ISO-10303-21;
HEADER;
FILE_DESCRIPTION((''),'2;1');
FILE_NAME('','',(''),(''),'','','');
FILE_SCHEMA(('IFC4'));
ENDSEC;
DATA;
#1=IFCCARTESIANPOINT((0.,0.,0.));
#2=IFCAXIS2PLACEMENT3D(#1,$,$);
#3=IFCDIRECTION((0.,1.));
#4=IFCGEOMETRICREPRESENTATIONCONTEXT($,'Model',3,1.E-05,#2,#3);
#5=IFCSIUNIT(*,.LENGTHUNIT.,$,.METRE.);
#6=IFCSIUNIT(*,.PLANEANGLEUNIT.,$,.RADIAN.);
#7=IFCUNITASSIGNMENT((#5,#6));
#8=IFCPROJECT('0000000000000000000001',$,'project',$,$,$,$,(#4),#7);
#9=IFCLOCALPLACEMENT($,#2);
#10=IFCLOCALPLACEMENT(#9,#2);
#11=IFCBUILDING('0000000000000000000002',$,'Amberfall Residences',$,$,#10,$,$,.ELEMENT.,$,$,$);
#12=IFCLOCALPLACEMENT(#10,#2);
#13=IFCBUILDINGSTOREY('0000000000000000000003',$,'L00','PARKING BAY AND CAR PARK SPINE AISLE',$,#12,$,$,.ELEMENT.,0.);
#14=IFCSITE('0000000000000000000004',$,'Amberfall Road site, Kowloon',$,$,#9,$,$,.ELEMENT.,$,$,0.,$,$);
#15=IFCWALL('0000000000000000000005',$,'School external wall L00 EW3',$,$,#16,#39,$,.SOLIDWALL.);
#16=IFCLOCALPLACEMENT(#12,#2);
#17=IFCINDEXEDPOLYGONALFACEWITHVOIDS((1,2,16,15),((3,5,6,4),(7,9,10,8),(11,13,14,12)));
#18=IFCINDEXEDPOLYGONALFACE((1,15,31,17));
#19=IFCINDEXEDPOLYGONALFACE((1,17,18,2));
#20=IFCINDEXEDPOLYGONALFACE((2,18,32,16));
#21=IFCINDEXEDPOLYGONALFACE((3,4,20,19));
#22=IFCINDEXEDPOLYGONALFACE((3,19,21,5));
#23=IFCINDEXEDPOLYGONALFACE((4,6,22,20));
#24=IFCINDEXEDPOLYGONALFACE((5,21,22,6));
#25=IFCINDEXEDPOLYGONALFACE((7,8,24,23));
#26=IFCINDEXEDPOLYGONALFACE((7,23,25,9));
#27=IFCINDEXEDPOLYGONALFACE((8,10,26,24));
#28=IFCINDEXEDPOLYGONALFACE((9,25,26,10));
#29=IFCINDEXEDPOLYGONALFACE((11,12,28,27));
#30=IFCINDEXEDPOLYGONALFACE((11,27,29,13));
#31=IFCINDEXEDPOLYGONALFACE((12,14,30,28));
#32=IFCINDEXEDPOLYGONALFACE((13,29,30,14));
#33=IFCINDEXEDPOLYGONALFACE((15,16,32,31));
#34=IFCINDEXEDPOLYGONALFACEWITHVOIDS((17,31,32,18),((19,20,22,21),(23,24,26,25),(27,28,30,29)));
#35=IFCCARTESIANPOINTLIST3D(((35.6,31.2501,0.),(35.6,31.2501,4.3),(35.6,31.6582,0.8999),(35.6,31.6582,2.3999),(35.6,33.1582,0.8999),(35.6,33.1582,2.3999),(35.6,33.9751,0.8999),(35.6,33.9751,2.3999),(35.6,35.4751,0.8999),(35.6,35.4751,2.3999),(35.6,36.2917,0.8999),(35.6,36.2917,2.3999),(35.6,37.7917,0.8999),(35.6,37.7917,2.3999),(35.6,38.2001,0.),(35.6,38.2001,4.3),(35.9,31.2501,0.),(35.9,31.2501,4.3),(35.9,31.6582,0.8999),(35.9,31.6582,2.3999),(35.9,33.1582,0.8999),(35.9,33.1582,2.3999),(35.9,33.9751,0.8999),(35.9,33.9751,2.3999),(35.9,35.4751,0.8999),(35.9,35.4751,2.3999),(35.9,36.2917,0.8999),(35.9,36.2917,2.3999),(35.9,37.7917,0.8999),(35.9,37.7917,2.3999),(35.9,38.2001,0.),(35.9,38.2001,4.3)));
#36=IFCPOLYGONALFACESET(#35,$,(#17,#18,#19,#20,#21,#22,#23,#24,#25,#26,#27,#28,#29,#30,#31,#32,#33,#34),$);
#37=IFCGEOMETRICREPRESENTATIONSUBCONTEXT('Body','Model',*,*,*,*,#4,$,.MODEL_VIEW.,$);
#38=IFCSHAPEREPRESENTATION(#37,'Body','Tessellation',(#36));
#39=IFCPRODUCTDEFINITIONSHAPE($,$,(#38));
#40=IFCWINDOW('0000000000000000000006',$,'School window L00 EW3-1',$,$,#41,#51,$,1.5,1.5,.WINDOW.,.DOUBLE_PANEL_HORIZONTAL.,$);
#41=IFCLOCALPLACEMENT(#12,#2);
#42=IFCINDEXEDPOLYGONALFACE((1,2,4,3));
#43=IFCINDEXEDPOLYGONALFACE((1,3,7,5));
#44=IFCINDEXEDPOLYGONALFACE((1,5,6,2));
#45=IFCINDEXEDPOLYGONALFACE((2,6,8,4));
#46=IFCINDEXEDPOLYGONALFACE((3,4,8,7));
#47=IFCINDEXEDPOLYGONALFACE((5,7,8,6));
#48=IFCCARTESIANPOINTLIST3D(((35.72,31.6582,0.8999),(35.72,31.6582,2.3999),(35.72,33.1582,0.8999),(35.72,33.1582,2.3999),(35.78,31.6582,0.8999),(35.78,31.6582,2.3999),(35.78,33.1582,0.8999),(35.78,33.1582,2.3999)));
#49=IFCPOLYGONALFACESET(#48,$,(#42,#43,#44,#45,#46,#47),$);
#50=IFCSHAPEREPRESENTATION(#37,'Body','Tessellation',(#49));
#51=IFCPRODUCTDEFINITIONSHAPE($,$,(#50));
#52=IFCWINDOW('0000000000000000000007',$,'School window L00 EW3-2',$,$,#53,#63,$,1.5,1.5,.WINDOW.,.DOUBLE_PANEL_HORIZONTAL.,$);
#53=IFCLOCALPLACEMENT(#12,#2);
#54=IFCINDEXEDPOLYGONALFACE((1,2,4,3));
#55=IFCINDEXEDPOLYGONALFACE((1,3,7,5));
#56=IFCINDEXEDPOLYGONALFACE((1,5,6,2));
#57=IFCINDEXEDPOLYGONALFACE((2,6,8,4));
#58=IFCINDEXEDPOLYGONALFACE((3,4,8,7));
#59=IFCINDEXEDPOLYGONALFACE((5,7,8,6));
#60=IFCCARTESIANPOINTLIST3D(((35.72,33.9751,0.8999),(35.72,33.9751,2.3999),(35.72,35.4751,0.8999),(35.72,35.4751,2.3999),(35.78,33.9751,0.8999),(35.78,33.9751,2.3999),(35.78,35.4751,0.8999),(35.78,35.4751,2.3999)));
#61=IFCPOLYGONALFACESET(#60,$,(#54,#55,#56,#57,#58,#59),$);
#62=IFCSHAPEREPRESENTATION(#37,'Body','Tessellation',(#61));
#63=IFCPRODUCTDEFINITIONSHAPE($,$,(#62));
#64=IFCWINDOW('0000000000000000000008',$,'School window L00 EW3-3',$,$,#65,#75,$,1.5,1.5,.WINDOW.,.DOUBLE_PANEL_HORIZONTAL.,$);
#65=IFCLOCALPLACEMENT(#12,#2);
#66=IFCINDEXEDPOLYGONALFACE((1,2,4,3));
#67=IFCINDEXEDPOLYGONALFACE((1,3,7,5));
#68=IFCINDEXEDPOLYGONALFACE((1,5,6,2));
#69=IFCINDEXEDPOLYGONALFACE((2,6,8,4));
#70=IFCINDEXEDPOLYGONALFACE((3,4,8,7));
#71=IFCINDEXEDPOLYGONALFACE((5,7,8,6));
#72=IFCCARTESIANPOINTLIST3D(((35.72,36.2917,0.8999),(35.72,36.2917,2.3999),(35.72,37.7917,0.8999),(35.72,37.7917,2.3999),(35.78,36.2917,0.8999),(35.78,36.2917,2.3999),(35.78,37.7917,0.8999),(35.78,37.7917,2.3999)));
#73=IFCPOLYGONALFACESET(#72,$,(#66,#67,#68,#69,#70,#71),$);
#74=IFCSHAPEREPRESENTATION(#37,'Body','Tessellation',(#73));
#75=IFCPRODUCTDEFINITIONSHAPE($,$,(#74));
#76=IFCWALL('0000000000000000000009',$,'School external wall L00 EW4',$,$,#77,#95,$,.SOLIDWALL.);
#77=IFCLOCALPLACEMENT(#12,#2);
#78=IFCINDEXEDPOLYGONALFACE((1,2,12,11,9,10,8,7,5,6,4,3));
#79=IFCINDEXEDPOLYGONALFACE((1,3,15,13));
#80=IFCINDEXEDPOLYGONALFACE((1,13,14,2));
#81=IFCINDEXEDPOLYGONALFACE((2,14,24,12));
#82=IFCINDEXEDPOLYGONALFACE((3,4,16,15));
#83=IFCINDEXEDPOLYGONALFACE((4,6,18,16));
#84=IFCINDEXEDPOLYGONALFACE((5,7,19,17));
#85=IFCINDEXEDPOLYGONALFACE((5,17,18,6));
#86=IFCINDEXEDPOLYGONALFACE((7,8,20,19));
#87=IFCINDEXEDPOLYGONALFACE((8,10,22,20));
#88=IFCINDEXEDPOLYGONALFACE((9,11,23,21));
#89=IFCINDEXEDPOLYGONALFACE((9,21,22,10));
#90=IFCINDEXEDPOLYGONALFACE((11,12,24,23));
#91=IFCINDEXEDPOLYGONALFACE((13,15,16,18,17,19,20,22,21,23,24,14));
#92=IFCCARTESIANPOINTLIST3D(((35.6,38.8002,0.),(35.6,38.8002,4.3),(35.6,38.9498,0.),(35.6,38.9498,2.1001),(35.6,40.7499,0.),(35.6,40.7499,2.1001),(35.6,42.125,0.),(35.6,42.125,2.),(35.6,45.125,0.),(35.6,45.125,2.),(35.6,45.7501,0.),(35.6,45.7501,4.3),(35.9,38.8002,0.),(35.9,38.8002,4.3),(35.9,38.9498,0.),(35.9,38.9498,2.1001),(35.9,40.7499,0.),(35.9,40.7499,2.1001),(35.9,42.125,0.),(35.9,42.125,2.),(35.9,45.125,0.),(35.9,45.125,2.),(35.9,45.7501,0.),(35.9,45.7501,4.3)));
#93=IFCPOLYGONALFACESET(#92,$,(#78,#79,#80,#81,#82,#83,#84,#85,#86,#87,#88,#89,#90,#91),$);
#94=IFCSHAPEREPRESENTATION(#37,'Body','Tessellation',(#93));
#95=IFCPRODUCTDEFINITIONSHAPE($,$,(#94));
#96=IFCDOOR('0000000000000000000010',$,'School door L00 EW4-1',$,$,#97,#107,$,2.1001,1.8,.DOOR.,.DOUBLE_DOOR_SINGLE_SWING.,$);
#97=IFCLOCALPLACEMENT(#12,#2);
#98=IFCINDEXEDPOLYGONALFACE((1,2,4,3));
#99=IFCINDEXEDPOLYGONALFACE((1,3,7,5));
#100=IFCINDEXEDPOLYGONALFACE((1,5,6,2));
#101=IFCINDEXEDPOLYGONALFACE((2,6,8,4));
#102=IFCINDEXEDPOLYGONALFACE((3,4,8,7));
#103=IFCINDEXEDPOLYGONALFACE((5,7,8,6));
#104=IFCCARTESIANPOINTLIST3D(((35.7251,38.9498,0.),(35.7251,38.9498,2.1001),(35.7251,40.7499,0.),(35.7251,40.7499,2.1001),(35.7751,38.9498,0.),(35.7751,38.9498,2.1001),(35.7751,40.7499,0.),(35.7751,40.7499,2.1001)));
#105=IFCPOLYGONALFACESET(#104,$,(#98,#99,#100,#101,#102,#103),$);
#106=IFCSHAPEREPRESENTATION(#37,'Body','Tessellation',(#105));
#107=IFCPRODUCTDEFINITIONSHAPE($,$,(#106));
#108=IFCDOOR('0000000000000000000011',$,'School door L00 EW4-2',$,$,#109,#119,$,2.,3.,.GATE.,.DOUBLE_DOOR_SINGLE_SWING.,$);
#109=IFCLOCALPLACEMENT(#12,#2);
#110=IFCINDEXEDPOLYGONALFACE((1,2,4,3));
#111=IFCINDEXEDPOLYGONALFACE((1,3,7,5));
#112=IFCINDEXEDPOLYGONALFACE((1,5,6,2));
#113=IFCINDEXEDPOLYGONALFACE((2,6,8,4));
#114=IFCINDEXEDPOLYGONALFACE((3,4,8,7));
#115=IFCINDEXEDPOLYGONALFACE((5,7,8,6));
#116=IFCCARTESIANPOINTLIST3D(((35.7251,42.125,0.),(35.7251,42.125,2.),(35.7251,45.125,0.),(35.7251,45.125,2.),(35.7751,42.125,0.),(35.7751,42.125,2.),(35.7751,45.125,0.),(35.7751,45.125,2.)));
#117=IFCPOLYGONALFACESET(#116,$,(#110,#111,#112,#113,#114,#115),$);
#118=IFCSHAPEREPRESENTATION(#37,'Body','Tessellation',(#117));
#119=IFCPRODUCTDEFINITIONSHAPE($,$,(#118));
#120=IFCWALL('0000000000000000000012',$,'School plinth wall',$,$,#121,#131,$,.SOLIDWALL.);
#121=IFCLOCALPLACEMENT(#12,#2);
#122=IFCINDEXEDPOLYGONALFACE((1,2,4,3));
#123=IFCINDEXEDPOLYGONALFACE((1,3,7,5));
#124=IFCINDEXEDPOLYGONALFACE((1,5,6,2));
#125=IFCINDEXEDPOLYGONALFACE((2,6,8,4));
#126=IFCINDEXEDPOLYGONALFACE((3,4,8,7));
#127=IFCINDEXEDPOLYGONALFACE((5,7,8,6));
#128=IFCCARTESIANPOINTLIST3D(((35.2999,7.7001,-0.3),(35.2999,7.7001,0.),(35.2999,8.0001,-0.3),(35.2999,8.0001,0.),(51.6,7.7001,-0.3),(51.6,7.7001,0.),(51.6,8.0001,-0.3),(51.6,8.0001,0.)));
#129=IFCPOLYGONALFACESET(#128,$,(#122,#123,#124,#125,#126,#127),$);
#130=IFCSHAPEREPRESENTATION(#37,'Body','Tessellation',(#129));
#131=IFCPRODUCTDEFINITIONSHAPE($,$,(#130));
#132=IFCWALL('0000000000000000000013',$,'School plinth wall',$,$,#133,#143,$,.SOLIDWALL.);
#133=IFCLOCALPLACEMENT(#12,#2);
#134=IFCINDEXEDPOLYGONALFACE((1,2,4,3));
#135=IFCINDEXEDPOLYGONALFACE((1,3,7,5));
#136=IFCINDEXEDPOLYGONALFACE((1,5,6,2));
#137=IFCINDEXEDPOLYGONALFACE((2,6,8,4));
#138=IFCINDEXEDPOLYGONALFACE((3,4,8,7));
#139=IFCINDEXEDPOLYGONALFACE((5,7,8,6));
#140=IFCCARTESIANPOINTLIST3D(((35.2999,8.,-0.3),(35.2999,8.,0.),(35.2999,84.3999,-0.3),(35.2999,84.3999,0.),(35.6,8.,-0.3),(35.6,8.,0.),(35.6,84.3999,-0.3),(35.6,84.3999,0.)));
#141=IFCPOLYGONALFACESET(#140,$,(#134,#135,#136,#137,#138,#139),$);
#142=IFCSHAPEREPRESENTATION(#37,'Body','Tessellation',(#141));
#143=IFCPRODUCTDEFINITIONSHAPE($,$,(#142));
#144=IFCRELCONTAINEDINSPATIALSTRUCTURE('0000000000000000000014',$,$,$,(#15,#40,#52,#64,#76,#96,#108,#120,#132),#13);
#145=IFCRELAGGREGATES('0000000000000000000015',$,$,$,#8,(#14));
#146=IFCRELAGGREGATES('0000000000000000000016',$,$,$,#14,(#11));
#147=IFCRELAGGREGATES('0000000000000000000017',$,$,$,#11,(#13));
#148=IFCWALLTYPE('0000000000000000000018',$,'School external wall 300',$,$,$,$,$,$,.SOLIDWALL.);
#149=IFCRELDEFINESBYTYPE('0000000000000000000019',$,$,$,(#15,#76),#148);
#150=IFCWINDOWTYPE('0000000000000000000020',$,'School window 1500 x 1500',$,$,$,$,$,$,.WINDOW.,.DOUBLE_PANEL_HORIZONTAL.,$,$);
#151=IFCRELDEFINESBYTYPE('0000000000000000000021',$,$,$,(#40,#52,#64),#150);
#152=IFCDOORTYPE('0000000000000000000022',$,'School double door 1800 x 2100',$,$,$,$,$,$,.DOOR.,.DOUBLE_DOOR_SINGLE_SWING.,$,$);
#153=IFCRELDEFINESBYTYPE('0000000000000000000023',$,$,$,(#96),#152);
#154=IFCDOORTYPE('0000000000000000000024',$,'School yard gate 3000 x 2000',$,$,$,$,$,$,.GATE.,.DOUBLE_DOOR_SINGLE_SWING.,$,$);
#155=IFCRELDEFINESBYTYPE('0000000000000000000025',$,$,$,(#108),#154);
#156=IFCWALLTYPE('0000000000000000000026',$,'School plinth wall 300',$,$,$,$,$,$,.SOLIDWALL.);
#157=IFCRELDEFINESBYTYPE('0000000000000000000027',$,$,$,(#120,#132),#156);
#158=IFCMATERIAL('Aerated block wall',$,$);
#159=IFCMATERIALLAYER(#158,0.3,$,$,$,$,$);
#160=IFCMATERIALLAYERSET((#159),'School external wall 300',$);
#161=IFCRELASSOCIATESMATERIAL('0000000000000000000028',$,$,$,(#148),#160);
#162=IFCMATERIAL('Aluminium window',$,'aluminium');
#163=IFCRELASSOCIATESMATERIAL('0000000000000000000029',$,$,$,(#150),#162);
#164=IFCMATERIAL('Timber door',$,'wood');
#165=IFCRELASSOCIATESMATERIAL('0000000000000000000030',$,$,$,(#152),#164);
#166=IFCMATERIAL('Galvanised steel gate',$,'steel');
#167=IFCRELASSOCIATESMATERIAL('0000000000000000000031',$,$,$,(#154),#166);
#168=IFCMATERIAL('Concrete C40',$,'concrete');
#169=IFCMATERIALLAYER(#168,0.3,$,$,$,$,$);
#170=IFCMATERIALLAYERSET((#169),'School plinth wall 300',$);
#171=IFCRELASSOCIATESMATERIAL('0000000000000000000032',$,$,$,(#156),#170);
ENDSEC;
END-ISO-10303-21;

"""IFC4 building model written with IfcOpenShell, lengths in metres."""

from ifc_helpers import new_model, si_unit, direction, frame, frame_2d, origin, place, context, subcontext, project, spatial, rectangle, extrude, material, layer, layer_set, type_object, element, fill, save


model = new_model("IFC4")

# Units and contexts
model_context = context("Model", 3, precision=1e-05, world=origin(), true_north=direction((0.0, 1.0)))
body_context = subcontext(model_context, "Body", "Model", "MODEL_VIEW")
ifc_project = project(units=[si_unit("LENGTHUNIT", "METRE"), si_unit("PLANEANGLEUNIT", "RADIAN")], contexts=[model_context])

# Site, building, storey
site_placement = place(None, origin())
site = spatial("IfcSite", under=ifc_project, at=site_placement, Name="Amberfall Road site, Kowloon", CompositionType="ELEMENT", RefElevation=0.0)
building_placement = place(site_placement, origin())
building = spatial("IfcBuilding", under=site, at=building_placement, Name="Amberfall Residences", CompositionType="ELEMENT")
storey_placement = place(building_placement, origin())
storey = spatial("IfcBuildingStorey", under=building, at=storey_placement, Name="L00", Description="PARKING BAY AND CAR PARK SPINE AISLE", CompositionType="ELEMENT", Elevation=0.0)

# Shared definitions
ifc_material_1 = material(Name="Concrete C40", Category="concrete")

# Shared definitions
ifc_material_2 = material(Name="Aerated block wall")
ifc_layer_1 = layer(ifc_material_2, 0.3)
ifc_layer_set_1 = layer_set([ifc_layer_1], Name="School external wall 300")
wall_type_1 = type_object("IfcWallType", Name="School external wall 300", PredefinedType="SOLIDWALL", material=ifc_layer_set_1)
ifc_material_3 = material(Name="Aluminium window", Category="aluminium")

# Wall, openings, windows
window_type_1 = type_object("IfcWindowType", Name="School window 1500 x 1500", PartitioningType="DOUBLE_PANEL_HORIZONTAL", PredefinedType="WINDOW", material=ifc_material_3)
wall_1_placement = place(storey_placement, frame((35.75, 31.25, 0.0), z_axis=(0.0, 0.0, 1.0), x_axis=(0.0, 1.0, 0.0)))
wall_1 = element("IfcWall", 1, at=wall_1_placement, inside=storey, type_object=wall_type_1, Name="School external wall L00 EW3", PredefinedType="SOLIDWALL", context=body_context, shape_type="SweptSolid", body=[
    extrude(rectangle(XDim=6.95, YDim=0.3, at=frame_2d((3.4751, 0.0))), origin(), (0.0, 0.0, 1.0), 4.3),
])
opening_1_placement = place(wall_1_placement, frame((0.4082, 0.0, 0.8999)))
opening_1 = element("IfcOpeningElement", 2, at=opening_1_placement, cuts=wall_1, PredefinedType="OPENING", context=body_context, shape_type="SweptSolid", body=[
    extrude(rectangle(XDim=1.5, YDim=1.5, at=frame_2d((0.75, 0.75))), frame((0.0, 0.1599, 0.0), z_axis=(0.0, -1.0, 0.0), x_axis=(1.0, 0.0, 0.0)), (0.0, 0.0, 1.0), 0.3201),
])
opening_2_placement = place(wall_1_placement, frame((2.7251, 0.0, 0.8999)))
opening_2 = element("IfcOpeningElement", 3, at=opening_2_placement, cuts=wall_1, PredefinedType="OPENING", context=body_context, shape_type="SweptSolid", body=[
    extrude(rectangle(XDim=1.5, YDim=1.5, at=frame_2d((0.75, 0.75))), frame((0.0, 0.1599, 0.0), z_axis=(0.0, -1.0, 0.0), x_axis=(1.0, 0.0, 0.0)), (0.0, 0.0, 1.0), 0.3201),
])
opening_3_placement = place(wall_1_placement, frame((5.0417, 0.0, 0.8999)))
opening_3 = element("IfcOpeningElement", 4, at=opening_3_placement, cuts=wall_1, PredefinedType="OPENING", context=body_context, shape_type="SweptSolid", body=[
    extrude(rectangle(XDim=1.5, YDim=1.5, at=frame_2d((0.75, 0.75))), frame((0.0, 0.1599, 0.0), z_axis=(0.0, -1.0, 0.0), x_axis=(1.0, 0.0, 0.0)), (0.0, 0.0, 1.0), 0.3201),
])
window_1_placement = place(opening_1_placement, origin())
window_1 = element("IfcWindow", 5, at=window_1_placement, inside=storey, type_object=window_type_1, Name="School window L00 EW3-1", OverallHeight=1.5, OverallWidth=1.5, PartitioningType="DOUBLE_PANEL_HORIZONTAL", PredefinedType="WINDOW", context=body_context, shape_type="SweptSolid", body=[
    extrude(rectangle(XDim=1.5, YDim=1.5, at=frame_2d((0.75, 0.75))), frame((0.0, 0.03, 0.0), z_axis=(0.0, -1.0, 0.0), x_axis=(1.0, 0.0, 0.0)), (0.0, 0.0, 1.0), 0.0601),
])
fill(opening_1, window_1)
window_2_placement = place(opening_2_placement, origin())
window_2 = element("IfcWindow", 6, at=window_2_placement, inside=storey, type_object=window_type_1, Name="School window L00 EW3-2", OverallHeight=1.5, OverallWidth=1.5, PartitioningType="DOUBLE_PANEL_HORIZONTAL", PredefinedType="WINDOW", context=body_context, shape_type="SweptSolid", body=[
    extrude(rectangle(XDim=1.5, YDim=1.5, at=frame_2d((0.75, 0.75))), frame((0.0, 0.03, 0.0), z_axis=(0.0, -1.0, 0.0), x_axis=(1.0, 0.0, 0.0)), (0.0, 0.0, 1.0), 0.0601),
])
fill(opening_2, window_2)
window_3_placement = place(opening_3_placement, origin())
window_3 = element("IfcWindow", 7, at=window_3_placement, inside=storey, type_object=window_type_1, Name="School window L00 EW3-3", OverallHeight=1.5, OverallWidth=1.5, PartitioningType="DOUBLE_PANEL_HORIZONTAL", PredefinedType="WINDOW", context=body_context, shape_type="SweptSolid", body=[
    extrude(rectangle(XDim=1.5, YDim=1.5, at=frame_2d((0.75, 0.75))), frame((0.0, 0.03, 0.0), z_axis=(0.0, -1.0, 0.0), x_axis=(1.0, 0.0, 0.0)), (0.0, 0.0, 1.0), 0.0601),
])
fill(opening_3, window_3)

# Wall, openings, doors
wall_2_placement = place(storey_placement, frame((35.75, 38.8, 0.0), z_axis=(0.0, 0.0, 1.0), x_axis=(0.0, 1.0, 0.0)))
wall_2 = element("IfcWall", 8, at=wall_2_placement, inside=storey, type_object=wall_type_1, Name="School external wall L00 EW4", PredefinedType="SOLIDWALL", context=body_context, shape_type="SweptSolid", body=[
    extrude(rectangle(XDim=6.95, YDim=0.3, at=frame_2d((3.4751, 0.0))), origin(), (0.0, 0.0, 1.0), 4.3),
])
opening_4_placement = place(wall_2_placement, frame((0.1499, 0.0, 0.0)))
opening_4 = element("IfcOpeningElement", 9, at=opening_4_placement, cuts=wall_2, PredefinedType="OPENING", context=body_context, shape_type="SweptSolid", body=[
    extrude(rectangle(XDim=1.8, YDim=2.1001, at=frame_2d((0.8999, 1.05))), frame((0.0, 0.1599, 0.0), z_axis=(0.0, -1.0, 0.0), x_axis=(1.0, 0.0, 0.0)), (0.0, 0.0, 1.0), 0.3201),
])
opening_5_placement = place(wall_2_placement, frame((3.325, 0.0, 0.0)))
opening_5 = element("IfcOpeningElement", 10, at=opening_5_placement, cuts=wall_2, PredefinedType="OPENING", context=body_context, shape_type="SweptSolid", body=[
    extrude(rectangle(XDim=3.0, YDim=2.0, at=frame_2d((1.5, 1.0))), frame((0.0, 0.1599, 0.0), z_axis=(0.0, -1.0, 0.0), x_axis=(1.0, 0.0, 0.0)), (0.0, 0.0, 1.0), 0.3201),
])
ifc_material_4 = material(Name="Timber door", Category="wood")
door_type_1 = type_object("IfcDoorType", Name="School double door 1800 x 2100", OperationType="DOUBLE_DOOR_SINGLE_SWING", PredefinedType="DOOR", material=ifc_material_4)
door_1_placement = place(opening_4_placement, origin())
door_1 = element("IfcDoor", 11, at=door_1_placement, inside=storey, type_object=door_type_1, Name="School door L00 EW4-1", OperationType="DOUBLE_DOOR_SINGLE_SWING", OverallHeight=2.1001, OverallWidth=1.8, PredefinedType="DOOR", context=body_context, shape_type="SweptSolid", body=[
    extrude(rectangle(XDim=1.8, YDim=2.1001, at=frame_2d((0.8999, 1.05))), frame((0.0, 0.0249, 0.0), z_axis=(0.0, -1.0, 0.0), x_axis=(1.0, 0.0, 0.0)), (0.0, 0.0, 1.0), 0.05),
])
fill(opening_4, door_1)
ifc_material_5 = material(Name="Galvanised steel gate", Category="steel")
door_type_2 = type_object("IfcDoorType", Name="School yard gate 3000 x 2000", OperationType="DOUBLE_DOOR_SINGLE_SWING", PredefinedType="GATE", material=ifc_material_5)
door_2_placement = place(opening_5_placement, origin())
door_2 = element("IfcDoor", 12, at=door_2_placement, inside=storey, type_object=door_type_2, Name="School door L00 EW4-2", OperationType="DOUBLE_DOOR_SINGLE_SWING", OverallHeight=2.0, OverallWidth=3.0, PredefinedType="GATE", context=body_context, shape_type="SweptSolid", body=[
    extrude(rectangle(XDim=3.0, YDim=2.0, at=frame_2d((1.5, 1.0))), frame((0.0, 0.0249, 0.0), z_axis=(0.0, -1.0, 0.0), x_axis=(1.0, 0.0, 0.0)), (0.0, 0.0, 1.0), 0.05),
])
fill(opening_5, door_2)

# Walls
ifc_layer_2 = layer(ifc_material_1, 0.3)
ifc_layer_set_2 = layer_set([ifc_layer_2], Name="School plinth wall 300")
wall_type_2 = type_object("IfcWallType", Name="School plinth wall 300", PredefinedType="SOLIDWALL", material=ifc_layer_set_2)
wall_3_placement = place(storey_placement, frame((35.3, 7.8501, -0.3), z_axis=(0.0, 0.0, 1.0), x_axis=(1.0, 0.0, 0.0)))
element("IfcWall", 13, at=wall_3_placement, inside=storey, type_object=wall_type_2, Name="School plinth wall", PredefinedType="SOLIDWALL", context=body_context, shape_type="SweptSolid", body=[
    extrude(rectangle(XDim=16.3, YDim=0.3, at=frame_2d((8.1499, 0.0))), origin(), (0.0, 0.0, 1.0), 0.3),
])
wall_4_placement = place(storey_placement, frame((35.45, 8.0, -0.3), z_axis=(0.0, 0.0, 1.0), x_axis=(0.0, 1.0, 0.0)))
element("IfcWall", 14, at=wall_4_placement, inside=storey, type_object=wall_type_2, Name="School plinth wall", PredefinedType="SOLIDWALL", context=body_context, shape_type="SweptSolid", body=[
    extrude(rectangle(XDim=76.3999, YDim=0.3, at=frame_2d((38.2, 0.0))), origin(), (0.0, 0.0, 1.0), 0.3),
])

save(model, "model.ifc")
